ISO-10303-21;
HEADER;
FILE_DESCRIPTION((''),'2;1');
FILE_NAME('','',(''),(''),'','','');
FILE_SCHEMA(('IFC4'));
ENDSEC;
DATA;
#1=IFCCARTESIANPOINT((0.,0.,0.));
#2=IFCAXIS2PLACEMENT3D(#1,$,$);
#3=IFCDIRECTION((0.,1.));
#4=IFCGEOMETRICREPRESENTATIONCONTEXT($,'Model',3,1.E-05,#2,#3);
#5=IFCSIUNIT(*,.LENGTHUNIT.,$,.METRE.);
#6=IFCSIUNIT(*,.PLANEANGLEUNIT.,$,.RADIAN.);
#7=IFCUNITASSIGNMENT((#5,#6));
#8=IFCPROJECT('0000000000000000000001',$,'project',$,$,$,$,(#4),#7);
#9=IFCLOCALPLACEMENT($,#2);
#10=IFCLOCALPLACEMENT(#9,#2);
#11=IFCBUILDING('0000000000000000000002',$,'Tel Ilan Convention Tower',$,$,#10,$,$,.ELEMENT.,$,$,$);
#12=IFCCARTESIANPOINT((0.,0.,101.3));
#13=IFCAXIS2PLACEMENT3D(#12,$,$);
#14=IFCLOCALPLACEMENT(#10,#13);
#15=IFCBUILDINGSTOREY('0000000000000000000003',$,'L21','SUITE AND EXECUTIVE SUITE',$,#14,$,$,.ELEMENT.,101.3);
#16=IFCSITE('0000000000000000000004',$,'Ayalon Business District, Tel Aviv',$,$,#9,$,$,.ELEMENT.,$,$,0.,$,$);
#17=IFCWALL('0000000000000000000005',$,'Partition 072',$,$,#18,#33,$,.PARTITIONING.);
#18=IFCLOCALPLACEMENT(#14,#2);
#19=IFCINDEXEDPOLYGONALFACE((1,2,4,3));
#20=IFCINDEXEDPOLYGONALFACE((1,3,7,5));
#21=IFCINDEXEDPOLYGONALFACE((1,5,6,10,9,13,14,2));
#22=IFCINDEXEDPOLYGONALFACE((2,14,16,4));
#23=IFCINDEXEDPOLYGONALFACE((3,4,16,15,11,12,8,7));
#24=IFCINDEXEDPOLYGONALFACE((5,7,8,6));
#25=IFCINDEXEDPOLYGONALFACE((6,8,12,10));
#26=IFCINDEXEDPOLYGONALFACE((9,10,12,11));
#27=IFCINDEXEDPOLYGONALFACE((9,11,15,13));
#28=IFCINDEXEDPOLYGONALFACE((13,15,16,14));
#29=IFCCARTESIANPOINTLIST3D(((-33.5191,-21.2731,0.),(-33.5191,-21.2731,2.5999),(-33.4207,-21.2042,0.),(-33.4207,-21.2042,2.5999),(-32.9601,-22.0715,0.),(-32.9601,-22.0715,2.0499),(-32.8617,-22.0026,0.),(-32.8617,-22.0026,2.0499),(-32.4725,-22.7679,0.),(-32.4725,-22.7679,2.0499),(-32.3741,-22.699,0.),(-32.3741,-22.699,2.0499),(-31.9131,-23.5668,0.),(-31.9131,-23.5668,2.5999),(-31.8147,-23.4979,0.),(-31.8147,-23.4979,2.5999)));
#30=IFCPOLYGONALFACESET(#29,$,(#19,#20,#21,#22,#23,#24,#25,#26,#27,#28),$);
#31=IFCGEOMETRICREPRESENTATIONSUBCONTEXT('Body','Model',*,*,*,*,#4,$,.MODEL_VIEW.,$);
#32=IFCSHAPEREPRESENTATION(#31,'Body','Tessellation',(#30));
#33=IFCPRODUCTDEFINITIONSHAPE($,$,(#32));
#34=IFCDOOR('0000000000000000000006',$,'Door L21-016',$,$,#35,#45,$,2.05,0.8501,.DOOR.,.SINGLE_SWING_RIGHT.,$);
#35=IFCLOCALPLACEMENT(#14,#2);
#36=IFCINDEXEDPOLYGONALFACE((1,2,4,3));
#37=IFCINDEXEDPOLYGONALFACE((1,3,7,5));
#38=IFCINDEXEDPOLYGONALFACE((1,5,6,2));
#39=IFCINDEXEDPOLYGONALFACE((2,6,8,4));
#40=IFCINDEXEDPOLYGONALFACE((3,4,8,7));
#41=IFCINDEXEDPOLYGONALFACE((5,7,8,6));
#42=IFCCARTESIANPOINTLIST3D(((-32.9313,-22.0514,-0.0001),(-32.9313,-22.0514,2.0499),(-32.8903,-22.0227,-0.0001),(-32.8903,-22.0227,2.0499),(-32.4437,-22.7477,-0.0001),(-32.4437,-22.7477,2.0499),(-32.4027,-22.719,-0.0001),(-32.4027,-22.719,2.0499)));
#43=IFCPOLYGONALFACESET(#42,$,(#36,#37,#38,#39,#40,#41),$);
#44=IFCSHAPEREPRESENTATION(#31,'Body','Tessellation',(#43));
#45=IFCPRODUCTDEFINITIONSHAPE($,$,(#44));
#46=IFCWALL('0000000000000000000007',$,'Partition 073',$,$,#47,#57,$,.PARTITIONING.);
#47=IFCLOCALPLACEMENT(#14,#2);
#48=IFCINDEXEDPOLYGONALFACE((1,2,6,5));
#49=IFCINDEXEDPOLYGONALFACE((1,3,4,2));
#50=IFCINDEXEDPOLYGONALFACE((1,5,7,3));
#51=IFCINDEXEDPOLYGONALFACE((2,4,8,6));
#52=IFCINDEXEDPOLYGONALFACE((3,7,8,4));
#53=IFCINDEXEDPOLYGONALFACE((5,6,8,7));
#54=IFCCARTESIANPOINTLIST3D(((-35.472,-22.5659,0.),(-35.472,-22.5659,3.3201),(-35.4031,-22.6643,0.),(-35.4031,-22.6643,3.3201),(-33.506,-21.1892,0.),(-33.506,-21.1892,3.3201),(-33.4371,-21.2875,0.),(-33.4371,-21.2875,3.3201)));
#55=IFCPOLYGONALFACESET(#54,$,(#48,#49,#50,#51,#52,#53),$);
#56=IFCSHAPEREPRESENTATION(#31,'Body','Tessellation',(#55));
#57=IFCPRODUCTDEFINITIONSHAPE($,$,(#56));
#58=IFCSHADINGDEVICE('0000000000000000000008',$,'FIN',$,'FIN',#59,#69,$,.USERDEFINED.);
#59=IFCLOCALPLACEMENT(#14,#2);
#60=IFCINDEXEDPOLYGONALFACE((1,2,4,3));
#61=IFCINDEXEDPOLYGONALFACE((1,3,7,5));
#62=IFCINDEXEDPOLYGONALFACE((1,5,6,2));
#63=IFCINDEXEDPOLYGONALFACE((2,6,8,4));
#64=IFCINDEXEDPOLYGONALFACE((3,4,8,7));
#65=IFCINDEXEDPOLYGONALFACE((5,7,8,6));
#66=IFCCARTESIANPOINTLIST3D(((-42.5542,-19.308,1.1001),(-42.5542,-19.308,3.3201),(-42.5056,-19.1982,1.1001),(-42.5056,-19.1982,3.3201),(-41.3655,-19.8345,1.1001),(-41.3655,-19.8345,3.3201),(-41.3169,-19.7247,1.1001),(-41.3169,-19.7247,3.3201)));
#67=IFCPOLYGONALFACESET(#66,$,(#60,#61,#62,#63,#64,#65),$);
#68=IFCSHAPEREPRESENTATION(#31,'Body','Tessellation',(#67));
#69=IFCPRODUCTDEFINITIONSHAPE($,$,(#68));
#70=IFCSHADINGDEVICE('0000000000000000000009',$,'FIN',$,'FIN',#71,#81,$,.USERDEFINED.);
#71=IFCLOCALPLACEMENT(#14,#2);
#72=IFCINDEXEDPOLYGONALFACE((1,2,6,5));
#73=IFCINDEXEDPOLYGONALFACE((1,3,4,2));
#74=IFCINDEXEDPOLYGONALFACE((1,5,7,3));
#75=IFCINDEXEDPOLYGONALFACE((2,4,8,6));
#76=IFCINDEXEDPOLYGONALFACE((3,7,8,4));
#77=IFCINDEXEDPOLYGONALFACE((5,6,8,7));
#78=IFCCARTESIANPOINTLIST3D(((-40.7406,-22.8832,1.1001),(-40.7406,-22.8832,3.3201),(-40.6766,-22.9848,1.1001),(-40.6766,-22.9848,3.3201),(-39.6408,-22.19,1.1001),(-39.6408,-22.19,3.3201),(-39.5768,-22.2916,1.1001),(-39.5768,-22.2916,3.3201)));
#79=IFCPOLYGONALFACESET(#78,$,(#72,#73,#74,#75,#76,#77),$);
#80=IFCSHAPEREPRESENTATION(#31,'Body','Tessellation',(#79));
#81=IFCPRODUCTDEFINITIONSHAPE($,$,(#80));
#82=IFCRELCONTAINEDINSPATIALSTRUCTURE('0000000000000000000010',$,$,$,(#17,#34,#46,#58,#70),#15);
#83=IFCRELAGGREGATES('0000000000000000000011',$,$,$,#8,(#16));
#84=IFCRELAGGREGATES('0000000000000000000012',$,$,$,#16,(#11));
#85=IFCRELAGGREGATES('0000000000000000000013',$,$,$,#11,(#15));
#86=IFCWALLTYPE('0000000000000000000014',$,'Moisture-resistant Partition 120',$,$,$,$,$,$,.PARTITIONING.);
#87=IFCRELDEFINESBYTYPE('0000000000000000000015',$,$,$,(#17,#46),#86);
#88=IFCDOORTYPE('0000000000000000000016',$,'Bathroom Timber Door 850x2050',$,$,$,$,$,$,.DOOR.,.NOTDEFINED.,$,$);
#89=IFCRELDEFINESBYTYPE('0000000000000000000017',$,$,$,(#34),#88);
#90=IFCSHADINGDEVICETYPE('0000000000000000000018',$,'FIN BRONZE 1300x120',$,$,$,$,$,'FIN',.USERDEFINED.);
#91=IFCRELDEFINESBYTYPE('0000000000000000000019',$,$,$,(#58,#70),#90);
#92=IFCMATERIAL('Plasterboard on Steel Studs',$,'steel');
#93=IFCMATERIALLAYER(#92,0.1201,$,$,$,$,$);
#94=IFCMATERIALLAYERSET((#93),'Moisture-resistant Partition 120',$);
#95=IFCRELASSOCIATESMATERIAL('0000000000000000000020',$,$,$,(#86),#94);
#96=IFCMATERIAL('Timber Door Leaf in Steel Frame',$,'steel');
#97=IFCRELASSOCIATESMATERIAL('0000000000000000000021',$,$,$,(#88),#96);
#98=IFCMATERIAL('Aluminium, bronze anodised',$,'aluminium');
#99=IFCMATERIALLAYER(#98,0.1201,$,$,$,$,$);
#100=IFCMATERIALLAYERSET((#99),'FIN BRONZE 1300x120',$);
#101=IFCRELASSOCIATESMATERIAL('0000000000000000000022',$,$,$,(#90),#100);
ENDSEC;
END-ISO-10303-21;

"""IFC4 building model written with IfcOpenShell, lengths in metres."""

from ifc_helpers import new_model, si_unit, direction, frame, frame_2d, origin, origin_2d, place, context, subcontext, project, spatial, rectangle, extrude, material, layer, layer_set, type_object, element, fill, save


model = new_model("IFC4")

# Units and contexts
model_context = context("Model", 3, precision=1e-05, world=origin(), true_north=direction((0.0, 1.0)))
body_context = subcontext(model_context, "Body", "Model", "MODEL_VIEW")
ifc_project = project(units=[si_unit("LENGTHUNIT", "METRE"), si_unit("PLANEANGLEUNIT", "RADIAN")], contexts=[model_context])

# Site, building, storey
site_placement = place(None, origin())
site = spatial("IfcSite", under=ifc_project, at=site_placement, Name="Ayalon Business District, Tel Aviv", CompositionType="ELEMENT", RefElevation=0.0)
building_placement = place(site_placement, origin())
building = spatial("IfcBuilding", under=site, at=building_placement, Name="Tel Ilan Convention Tower", CompositionType="ELEMENT")
storey_placement = place(building_placement, frame((0.0, 0.0, 101.3)))
storey = spatial("IfcBuildingStorey", under=building, at=storey_placement, Name="L21", Description="SUITE AND EXECUTIVE SUITE", CompositionType="ELEMENT", Elevation=101.3)

# Wall, opening, door
ifc_material_1 = material(Name="Plasterboard on Steel Studs", Category="steel")
ifc_layer_1 = layer(ifc_material_1, 0.1201)
ifc_layer_set_1 = layer_set([ifc_layer_1], Name="Moisture-resistant Partition 120")
wall_type_1 = type_object("IfcWallType", Name="Moisture-resistant Partition 120", PredefinedType="PARTITIONING", material=ifc_layer_set_1)
wall_1_placement = place(storey_placement, frame((-31.864, -23.5322, 0.0), z_axis=(0.0, 0.0, 1.0), x_axis=(-0.57355, 0.81917, 0.0)))
wall_1 = element("IfcWall", 1, at=wall_1_placement, inside=storey, type_object=wall_type_1, Name="Partition 072", PredefinedType="PARTITIONING", context=body_context, shape_type="SweptSolid", body=[
    extrude(rectangle(XDim=2.8, YDim=0.1201, at=frame_2d((1.3999, 0.0))), origin(), (0.0, 0.0, 1.0), 2.5999),
])
opening_1_placement = place(wall_1_placement, frame((0.9751, 0.0, 0.0)))
opening_1 = element("IfcOpeningElement", 2, at=opening_1_placement, cuts=wall_1, PredefinedType="OPENING", context=body_context, shape_type="SweptSolid", body=[
    extrude(rectangle(XDim=0.8501, YDim=2.05, at=frame_2d((0.425, 1.0249))), frame((0.0, 0.0701, 0.0), z_axis=(0.0, -1.0, 0.0), x_axis=(1.0, 0.0, 0.0)), (0.0, 0.0, 1.0), 0.1401),
])
ifc_material_2 = material(Name="Timber Door Leaf in Steel Frame", Category="steel")
door_type_1 = type_object("IfcDoorType", Name="Bathroom Timber Door 850x2050", OperationType="NOTDEFINED", PredefinedType="DOOR", material=ifc_material_2)
door_1_placement = place(opening_1_placement, origin())
door_1 = element("IfcDoor", 3, at=door_1_placement, inside=storey, type_object=door_type_1, Name="Door L21-016", OperationType="SINGLE_SWING_RIGHT", OverallHeight=2.05, OverallWidth=0.8501, PredefinedType="DOOR", context=body_context, shape_type="SweptSolid", body=[
    extrude(rectangle(XDim=0.8501, YDim=2.05, at=frame_2d((0.425, 1.0249))), frame((0.0, 0.0249, 0.0), z_axis=(0.0, -1.0, 0.0), x_axis=(1.0, 0.0, 0.0)), (0.0, 0.0, 1.0), 0.05),
])
fill(opening_1, door_1)

# Wall
wall_2_placement = place(storey_placement, frame((-33.4714, -21.2383, 0.0), z_axis=(0.0, 0.0, 1.0), x_axis=(-0.819141, -0.573592, 0.0)))
element("IfcWall", 4, at=wall_2_placement, inside=storey, type_object=wall_type_1, Name="Partition 073", PredefinedType="PARTITIONING", context=body_context, shape_type="SweptSolid", body=[
    extrude(rectangle(XDim=2.4001, YDim=0.1201, at=frame_2d((1.2002, 0.0))), origin(), (0.0, 0.0, 1.0), 3.3201),
])

# Shading devices
ifc_material_3 = material(Name="Aluminium, bronze anodised", Category="aluminium")
ifc_layer_2 = layer(ifc_material_3, 0.1201)
ifc_layer_set_2 = layer_set([ifc_layer_2], Name="FIN BRONZE 1300x120")
shading_device_type = type_object("IfcShadingDeviceType", Name="FIN BRONZE 1300x120", ElementType="FIN", PredefinedType="USERDEFINED", material=ifc_layer_set_2)
for number, where, z_axis, x_axis, name in (
    (5, (-41.9355, -19.5164, 1.1001), (0.0, 0.0, 1.0), (-0.914333, 0.404964, 0.0), "FIN"),
    (6, (-40.1587, -22.5874, 1.1001), (0.0, 0.0, 1.0), (-0.845986, -0.533204, 0.0), "FIN"),
):
    element("IfcShadingDevice", number, at=place(storey_placement, frame(where, z_axis=z_axis, x_axis=x_axis)), inside=storey, type_object=shading_device_type, Name=name, ObjectType="FIN", PredefinedType="USERDEFINED", context=body_context, shape_type="SweptSolid", body=[
        extrude(rectangle(XDim=1.3, YDim=0.1201, at=origin_2d()), origin(), (0.0, 0.0, 1.0), 2.22),
    ])

save(model, "model.ifc")
